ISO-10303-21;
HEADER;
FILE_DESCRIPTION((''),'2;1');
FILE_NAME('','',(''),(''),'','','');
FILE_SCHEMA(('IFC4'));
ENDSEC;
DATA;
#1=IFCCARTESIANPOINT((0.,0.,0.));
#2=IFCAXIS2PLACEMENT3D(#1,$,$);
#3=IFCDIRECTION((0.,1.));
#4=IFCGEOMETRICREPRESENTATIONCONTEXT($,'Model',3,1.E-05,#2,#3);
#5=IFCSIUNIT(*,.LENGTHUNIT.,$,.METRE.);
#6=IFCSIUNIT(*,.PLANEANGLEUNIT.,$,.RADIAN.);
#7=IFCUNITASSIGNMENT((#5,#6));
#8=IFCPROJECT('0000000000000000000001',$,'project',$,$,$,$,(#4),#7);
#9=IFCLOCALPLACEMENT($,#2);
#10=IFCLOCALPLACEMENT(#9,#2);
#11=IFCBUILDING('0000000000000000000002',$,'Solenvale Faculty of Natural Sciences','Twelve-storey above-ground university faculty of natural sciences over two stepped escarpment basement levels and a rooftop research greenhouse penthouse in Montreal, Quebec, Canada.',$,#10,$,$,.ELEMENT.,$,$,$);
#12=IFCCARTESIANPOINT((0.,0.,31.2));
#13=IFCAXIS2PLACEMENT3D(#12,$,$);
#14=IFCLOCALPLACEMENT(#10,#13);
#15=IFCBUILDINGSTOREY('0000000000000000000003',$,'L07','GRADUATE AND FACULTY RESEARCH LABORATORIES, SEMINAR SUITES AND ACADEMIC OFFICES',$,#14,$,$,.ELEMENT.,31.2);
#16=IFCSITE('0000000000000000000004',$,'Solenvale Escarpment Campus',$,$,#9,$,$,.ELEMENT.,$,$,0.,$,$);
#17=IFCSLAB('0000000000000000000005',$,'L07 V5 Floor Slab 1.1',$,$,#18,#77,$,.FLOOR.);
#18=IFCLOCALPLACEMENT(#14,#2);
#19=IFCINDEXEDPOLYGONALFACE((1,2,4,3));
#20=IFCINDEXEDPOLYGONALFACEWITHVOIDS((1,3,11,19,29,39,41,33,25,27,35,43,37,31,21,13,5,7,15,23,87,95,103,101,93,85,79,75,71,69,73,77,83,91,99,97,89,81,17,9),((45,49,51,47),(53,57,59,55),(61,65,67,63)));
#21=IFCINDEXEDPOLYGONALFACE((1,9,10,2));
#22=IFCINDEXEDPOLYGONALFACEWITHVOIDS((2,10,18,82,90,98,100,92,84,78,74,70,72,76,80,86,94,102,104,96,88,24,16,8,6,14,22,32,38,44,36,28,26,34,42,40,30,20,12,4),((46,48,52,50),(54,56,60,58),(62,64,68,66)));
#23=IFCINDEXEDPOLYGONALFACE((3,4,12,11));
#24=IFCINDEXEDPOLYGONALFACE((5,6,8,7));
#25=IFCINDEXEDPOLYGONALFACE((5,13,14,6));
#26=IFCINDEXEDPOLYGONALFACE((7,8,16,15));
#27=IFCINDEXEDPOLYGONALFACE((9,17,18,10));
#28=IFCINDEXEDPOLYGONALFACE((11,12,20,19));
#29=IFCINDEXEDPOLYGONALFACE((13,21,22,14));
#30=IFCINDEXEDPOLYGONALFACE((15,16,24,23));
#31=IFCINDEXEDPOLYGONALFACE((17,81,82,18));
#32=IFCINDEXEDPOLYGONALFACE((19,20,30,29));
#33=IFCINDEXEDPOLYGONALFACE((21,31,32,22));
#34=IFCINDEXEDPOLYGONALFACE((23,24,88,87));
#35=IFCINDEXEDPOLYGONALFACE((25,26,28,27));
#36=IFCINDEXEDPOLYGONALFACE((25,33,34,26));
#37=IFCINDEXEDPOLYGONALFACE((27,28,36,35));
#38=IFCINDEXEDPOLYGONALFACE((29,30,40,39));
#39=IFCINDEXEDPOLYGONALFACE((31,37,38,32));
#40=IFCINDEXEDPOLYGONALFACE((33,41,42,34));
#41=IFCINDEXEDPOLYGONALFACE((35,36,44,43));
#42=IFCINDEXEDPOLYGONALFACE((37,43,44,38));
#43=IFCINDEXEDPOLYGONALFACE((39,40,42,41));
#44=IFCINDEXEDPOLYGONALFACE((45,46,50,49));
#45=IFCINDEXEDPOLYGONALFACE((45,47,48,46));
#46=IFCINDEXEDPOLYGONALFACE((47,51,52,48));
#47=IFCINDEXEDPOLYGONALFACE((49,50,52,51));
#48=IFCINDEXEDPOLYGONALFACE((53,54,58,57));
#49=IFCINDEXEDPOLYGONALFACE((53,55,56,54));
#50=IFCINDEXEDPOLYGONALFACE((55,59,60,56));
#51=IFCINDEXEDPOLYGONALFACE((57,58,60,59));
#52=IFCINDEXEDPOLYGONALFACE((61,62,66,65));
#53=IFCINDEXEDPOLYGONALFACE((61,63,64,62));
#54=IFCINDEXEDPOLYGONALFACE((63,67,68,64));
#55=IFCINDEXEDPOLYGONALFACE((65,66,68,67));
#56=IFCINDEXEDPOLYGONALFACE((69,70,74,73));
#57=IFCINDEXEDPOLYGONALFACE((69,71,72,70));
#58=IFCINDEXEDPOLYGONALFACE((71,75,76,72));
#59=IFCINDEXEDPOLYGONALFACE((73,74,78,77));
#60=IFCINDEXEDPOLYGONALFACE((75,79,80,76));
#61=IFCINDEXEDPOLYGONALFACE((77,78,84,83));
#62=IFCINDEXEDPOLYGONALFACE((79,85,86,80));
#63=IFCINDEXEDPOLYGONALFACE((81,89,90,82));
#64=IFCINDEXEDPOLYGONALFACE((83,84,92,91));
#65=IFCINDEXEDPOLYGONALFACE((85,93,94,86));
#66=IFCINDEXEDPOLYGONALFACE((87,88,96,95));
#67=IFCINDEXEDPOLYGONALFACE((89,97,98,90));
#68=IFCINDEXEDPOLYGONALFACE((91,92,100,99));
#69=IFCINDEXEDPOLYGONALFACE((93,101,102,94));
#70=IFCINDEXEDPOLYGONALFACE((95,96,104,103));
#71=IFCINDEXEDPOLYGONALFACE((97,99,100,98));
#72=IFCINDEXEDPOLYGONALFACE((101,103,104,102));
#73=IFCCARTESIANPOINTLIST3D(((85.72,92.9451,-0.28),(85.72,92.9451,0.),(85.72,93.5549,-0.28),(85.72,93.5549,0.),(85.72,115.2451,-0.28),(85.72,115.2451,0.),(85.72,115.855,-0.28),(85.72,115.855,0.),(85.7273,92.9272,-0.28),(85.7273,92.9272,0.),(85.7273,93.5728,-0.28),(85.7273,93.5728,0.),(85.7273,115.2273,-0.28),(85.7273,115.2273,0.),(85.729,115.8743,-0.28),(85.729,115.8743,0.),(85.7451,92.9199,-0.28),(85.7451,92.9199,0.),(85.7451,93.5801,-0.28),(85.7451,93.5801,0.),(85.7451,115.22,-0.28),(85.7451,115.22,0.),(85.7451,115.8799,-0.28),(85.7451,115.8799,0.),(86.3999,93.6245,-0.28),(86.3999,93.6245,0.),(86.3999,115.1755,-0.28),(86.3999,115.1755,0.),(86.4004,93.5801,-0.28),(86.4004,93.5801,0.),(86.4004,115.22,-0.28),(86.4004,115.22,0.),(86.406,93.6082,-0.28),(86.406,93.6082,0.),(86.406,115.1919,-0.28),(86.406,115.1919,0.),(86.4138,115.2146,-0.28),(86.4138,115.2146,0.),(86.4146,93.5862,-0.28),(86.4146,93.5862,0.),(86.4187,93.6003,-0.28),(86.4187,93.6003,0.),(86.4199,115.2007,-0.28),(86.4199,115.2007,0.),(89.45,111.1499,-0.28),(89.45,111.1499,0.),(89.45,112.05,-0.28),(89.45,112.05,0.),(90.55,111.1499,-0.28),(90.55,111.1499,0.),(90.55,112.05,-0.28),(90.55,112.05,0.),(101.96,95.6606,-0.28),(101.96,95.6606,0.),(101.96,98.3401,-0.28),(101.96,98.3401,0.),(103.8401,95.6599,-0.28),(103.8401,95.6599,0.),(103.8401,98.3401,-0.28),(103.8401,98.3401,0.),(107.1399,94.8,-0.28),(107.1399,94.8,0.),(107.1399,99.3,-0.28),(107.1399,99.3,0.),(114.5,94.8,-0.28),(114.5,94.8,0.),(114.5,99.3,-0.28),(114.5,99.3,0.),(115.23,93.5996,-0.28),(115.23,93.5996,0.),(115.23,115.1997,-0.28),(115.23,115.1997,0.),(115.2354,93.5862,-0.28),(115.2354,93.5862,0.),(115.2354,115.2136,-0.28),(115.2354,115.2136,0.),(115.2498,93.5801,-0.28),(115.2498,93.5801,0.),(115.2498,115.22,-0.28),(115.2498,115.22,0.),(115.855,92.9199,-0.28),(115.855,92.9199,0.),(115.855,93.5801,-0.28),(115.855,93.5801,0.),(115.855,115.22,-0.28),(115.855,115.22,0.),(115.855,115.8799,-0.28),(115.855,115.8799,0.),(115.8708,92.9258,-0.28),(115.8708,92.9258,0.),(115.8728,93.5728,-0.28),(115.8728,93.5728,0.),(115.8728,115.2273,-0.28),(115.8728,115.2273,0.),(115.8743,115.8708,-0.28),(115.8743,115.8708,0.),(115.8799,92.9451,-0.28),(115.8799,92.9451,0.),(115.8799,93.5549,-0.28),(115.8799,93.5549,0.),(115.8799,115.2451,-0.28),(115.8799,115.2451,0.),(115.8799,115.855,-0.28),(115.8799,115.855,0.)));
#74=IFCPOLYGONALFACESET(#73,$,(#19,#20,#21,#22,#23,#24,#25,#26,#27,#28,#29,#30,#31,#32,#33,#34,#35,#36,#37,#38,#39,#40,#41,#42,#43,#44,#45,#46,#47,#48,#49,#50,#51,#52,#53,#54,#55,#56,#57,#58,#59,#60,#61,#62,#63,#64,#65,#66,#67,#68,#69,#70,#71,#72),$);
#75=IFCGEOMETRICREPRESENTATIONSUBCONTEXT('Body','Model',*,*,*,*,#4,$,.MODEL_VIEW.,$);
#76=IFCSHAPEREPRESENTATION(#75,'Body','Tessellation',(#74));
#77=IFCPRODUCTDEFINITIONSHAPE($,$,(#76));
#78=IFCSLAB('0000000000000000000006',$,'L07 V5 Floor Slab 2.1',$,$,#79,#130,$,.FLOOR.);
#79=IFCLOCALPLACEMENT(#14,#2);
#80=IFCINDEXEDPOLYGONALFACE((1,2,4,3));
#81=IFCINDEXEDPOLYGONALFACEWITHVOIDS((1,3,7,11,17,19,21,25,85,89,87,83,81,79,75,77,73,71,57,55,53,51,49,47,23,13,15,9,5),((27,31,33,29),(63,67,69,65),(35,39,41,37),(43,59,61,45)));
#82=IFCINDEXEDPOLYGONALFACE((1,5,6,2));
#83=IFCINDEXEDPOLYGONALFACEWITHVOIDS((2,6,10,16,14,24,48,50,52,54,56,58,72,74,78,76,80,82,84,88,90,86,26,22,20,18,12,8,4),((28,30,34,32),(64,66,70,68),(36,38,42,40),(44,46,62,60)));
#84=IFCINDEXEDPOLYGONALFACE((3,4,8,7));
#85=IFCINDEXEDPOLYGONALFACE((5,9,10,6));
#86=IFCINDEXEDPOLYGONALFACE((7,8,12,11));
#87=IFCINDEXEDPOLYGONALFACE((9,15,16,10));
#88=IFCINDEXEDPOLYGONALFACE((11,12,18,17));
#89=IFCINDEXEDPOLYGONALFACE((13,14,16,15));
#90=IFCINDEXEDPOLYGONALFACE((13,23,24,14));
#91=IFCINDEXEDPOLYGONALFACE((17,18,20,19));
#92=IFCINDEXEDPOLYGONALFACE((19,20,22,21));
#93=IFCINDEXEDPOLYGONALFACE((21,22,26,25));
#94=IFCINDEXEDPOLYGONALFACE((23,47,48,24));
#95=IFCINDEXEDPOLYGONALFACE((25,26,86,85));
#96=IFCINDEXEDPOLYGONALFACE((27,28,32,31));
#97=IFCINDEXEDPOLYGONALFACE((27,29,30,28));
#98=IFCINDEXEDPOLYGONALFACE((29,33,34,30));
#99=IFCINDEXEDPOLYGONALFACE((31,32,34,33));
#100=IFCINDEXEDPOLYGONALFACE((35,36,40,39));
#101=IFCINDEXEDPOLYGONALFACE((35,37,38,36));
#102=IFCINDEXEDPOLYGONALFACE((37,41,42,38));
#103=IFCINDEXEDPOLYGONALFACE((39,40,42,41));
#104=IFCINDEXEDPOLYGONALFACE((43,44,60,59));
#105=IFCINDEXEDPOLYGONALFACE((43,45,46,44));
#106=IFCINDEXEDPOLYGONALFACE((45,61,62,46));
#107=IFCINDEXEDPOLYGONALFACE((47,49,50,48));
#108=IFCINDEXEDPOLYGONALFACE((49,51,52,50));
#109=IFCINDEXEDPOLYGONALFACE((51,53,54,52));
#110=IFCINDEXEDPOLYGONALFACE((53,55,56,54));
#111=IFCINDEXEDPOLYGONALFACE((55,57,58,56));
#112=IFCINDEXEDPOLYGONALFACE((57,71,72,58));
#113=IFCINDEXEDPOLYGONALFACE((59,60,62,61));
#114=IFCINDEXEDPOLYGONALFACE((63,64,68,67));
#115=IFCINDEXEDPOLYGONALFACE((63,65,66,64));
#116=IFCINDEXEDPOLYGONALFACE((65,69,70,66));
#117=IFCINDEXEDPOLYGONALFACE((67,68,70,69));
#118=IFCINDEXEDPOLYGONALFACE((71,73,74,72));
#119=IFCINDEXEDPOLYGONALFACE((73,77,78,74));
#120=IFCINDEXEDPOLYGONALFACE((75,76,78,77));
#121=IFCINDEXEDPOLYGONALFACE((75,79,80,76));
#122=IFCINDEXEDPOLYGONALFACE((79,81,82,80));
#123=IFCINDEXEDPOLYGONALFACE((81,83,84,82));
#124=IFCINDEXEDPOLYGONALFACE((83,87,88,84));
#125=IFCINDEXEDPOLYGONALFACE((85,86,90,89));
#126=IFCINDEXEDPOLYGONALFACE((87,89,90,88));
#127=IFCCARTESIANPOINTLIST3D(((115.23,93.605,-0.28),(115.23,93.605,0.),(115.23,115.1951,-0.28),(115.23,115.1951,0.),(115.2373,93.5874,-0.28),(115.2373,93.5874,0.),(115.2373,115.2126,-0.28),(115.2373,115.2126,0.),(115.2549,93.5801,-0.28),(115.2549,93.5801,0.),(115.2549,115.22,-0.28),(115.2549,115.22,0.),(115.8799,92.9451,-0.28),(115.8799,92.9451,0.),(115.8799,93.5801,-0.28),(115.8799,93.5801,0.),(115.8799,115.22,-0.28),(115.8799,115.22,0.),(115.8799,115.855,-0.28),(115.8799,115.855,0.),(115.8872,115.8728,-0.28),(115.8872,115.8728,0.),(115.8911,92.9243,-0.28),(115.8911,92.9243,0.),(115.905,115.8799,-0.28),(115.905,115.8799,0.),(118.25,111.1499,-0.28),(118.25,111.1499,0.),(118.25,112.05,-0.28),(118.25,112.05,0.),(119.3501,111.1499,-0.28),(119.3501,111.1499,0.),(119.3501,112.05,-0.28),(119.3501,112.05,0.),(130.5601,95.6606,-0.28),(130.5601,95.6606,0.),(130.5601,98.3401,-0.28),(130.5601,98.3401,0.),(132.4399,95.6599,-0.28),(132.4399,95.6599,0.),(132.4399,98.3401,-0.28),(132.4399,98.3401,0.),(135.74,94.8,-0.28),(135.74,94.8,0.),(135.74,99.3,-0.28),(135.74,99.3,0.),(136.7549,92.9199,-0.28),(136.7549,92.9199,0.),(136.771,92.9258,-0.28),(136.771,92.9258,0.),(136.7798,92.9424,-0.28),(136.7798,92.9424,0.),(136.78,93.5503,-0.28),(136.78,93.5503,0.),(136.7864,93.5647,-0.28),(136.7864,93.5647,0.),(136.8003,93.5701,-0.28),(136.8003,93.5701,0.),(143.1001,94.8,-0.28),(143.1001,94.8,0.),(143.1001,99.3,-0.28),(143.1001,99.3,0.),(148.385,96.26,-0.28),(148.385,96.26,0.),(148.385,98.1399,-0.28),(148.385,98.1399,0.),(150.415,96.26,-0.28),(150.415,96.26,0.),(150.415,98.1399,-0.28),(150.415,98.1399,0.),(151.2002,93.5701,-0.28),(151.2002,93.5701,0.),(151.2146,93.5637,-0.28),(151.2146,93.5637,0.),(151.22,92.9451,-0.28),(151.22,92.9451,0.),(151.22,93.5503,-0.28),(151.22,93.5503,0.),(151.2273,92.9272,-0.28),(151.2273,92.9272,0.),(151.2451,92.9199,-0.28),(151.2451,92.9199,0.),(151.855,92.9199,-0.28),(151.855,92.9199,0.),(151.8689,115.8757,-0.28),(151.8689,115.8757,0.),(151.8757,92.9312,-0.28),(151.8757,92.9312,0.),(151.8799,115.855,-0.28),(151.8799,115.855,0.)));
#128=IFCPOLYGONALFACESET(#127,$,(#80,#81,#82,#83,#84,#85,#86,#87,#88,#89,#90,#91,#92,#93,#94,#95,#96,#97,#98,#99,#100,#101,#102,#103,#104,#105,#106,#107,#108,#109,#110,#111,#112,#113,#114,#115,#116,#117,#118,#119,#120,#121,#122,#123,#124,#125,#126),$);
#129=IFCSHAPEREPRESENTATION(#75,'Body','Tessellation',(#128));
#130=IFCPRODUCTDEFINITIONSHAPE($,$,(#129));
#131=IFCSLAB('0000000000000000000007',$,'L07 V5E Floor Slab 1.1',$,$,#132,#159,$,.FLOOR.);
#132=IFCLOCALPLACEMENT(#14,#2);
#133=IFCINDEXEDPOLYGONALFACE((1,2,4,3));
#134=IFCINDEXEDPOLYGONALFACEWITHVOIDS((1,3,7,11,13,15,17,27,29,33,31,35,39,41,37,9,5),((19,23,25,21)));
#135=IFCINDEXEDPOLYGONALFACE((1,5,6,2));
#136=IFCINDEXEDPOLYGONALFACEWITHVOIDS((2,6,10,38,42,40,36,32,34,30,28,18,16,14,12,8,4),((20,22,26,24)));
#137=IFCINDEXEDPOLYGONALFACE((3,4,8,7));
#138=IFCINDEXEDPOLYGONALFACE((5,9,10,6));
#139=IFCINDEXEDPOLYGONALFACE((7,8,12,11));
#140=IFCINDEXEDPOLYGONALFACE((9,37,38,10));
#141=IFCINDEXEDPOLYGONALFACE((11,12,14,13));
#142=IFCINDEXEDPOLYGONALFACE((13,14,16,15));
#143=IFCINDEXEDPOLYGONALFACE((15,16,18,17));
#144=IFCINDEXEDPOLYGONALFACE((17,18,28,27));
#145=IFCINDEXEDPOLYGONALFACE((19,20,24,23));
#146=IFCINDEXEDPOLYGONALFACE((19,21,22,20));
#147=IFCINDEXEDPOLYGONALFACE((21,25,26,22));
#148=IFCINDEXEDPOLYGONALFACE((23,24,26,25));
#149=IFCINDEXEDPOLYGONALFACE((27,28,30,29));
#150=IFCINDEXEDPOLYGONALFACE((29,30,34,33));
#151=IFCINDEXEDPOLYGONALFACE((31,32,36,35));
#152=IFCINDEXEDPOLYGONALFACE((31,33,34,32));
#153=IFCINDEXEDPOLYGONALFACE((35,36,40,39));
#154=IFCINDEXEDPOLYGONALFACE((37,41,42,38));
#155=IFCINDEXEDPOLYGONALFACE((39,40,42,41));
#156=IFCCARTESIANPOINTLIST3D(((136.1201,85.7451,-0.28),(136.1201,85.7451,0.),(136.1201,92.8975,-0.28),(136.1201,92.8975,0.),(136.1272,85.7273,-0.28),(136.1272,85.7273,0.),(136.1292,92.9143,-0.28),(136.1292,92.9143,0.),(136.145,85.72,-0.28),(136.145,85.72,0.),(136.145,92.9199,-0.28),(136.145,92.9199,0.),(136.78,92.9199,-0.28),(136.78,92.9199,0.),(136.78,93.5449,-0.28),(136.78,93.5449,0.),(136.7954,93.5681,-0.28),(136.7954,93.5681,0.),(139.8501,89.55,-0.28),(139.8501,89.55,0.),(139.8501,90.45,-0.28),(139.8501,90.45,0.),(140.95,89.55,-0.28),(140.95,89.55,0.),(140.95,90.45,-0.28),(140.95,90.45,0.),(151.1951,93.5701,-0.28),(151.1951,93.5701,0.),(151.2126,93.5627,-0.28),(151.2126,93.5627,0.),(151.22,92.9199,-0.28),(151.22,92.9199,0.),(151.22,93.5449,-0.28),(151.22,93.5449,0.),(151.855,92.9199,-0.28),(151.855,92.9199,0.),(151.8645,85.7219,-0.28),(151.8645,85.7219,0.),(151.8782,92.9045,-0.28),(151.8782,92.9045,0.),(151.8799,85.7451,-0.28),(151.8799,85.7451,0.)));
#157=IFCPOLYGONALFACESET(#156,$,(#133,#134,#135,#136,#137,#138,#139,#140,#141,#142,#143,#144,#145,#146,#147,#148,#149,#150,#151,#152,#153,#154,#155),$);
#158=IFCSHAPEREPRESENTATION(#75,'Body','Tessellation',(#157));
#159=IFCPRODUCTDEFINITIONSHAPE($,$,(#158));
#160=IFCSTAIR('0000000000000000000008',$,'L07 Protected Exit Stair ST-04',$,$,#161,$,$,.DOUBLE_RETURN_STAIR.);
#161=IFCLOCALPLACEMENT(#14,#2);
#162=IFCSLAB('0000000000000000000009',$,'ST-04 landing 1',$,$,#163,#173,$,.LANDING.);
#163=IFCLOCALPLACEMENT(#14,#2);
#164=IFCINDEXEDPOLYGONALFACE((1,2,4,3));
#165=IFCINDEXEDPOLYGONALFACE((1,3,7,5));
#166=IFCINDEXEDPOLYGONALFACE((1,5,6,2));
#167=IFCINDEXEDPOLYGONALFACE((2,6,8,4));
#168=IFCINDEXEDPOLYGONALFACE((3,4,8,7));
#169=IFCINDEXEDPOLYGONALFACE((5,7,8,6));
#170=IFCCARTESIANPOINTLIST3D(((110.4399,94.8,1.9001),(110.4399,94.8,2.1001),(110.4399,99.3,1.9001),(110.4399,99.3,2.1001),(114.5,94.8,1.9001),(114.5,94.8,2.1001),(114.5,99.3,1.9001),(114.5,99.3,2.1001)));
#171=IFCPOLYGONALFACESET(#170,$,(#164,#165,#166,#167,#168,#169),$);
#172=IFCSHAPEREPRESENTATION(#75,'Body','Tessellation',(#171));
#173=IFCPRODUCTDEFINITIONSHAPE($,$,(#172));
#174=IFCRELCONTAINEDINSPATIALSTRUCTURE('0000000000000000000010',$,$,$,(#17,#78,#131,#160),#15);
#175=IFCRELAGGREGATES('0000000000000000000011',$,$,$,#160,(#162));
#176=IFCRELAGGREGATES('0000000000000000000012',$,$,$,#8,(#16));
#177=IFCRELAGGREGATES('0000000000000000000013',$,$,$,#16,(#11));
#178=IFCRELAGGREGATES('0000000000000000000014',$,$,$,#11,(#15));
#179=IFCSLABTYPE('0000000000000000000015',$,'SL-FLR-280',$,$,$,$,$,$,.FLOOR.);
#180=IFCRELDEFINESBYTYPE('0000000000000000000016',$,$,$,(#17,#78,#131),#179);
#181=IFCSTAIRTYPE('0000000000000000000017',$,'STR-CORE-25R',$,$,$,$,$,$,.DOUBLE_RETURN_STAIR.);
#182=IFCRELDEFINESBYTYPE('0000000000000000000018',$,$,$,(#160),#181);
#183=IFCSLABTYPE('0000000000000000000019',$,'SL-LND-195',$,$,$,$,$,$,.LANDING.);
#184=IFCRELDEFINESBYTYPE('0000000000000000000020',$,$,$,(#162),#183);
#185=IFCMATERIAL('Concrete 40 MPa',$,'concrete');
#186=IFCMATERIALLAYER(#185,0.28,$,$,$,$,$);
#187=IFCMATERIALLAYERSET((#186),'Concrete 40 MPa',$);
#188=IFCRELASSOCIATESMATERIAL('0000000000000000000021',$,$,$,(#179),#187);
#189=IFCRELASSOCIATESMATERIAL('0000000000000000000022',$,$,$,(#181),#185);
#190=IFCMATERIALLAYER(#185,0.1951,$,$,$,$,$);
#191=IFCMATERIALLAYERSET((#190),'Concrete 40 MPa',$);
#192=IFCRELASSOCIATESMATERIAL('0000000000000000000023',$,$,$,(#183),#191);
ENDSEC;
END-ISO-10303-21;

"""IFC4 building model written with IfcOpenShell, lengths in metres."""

from ifc_helpers import new_model, si_unit, direction, frame, origin, place, context, subcontext, project, spatial, polyline, outline, extrude, material, layer, layer_set, type_object, element, aggregate, save


model = new_model("IFC4")

# Units and contexts
model_context = context("Model", 3, precision=1e-05, world=origin(), true_north=direction((0.0, 1.0)))
body_context = subcontext(model_context, "Body", "Model", "MODEL_VIEW")
ifc_project = project(units=[si_unit("LENGTHUNIT", "METRE"), si_unit("PLANEANGLEUNIT", "RADIAN")], contexts=[model_context])

# Site, building, storey
site_placement = place(None, origin())
site = spatial("IfcSite", under=ifc_project, at=site_placement, Name="Solenvale Escarpment Campus", CompositionType="ELEMENT", RefElevation=0.0)
building_placement = place(site_placement, origin())
building = spatial("IfcBuilding", under=site, at=building_placement, Name="Solenvale Faculty of Natural Sciences", Description="Twelve-storey above-ground university faculty of natural sciences over two stepped escarpment basement levels and a rooftop research greenhouse penthouse in Montreal, Quebec, Canada.", CompositionType="ELEMENT")
storey_placement = place(building_placement, frame((0.0, 0.0, 31.2)))
storey = spatial("IfcBuildingStorey", under=building, at=storey_placement, Name="L07", Description="GRADUATE AND FACULTY RESEARCH LABORATORIES, SEMINAR SUITES AND ACADEMIC OFFICES", CompositionType="ELEMENT", Elevation=31.2)

# Slabs
ifc_material_1 = material(Name="Concrete 40 MPa", Category="concrete")
ifc_layer_1 = layer(ifc_material_1, 0.28)
ifc_layer_set_1 = layer_set([ifc_layer_1], Name="Concrete 40 MPa")
slab_type_1 = type_object("IfcSlabType", Name="SL-FLR-280", PredefinedType="FLOOR", material=ifc_layer_set_1)
slab_1_placement = place(storey_placement, frame((0.0, 0.0, -0.28)))
element("IfcSlab", 1, at=slab_1_placement, inside=storey, type_object=slab_type_1, Name="L07 V5 Floor Slab 1.1", PredefinedType="FLOOR", context=body_context, shape_type="SweptSolid", body=[
    extrude(outline(polyline([(86.4187, 93.6003), (86.406, 93.6082), (86.3999, 93.6245), (86.3999, 115.1755), (86.406, 115.1919), (86.4199, 115.2007), (86.4138, 115.2146), (86.4004, 115.22), (85.7451, 115.22), (85.7273, 115.2273), (85.72, 115.2451), (85.72, 115.855), (85.729, 115.8743), (85.7451, 115.8799), (115.855, 115.8799), (115.8743, 115.8708), (115.8799, 115.855), (115.8799, 115.2451), (115.8728, 115.2273), (115.855, 115.22), (115.2498, 115.22), (115.2354, 115.2136), (115.23, 115.1997), (115.23, 93.5996), (115.2354, 93.5862), (115.2498, 93.5801), (115.855, 93.5801), (115.8728, 93.5728), (115.8799, 93.5549), (115.8799, 92.9451), (115.8708, 92.9258), (115.855, 92.9199), (85.7451, 92.9199), (85.7273, 92.9272), (85.72, 92.9451), (85.72, 93.5549), (85.7273, 93.5728), (85.7451, 93.5801), (86.4004, 93.5801), (86.4146, 93.5862), (86.4187, 93.6003)]), holes=[polyline([(107.1399, 94.8), (114.5, 94.8), (114.5, 99.3), (107.1399, 99.3), (107.1399, 94.8)]), polyline([(101.96, 95.6606), (103.8401, 95.6599), (103.8401, 98.3401), (101.96, 98.3401), (101.96, 95.6606)]), polyline([(89.45, 111.1499), (90.55, 111.1499), (90.55, 112.05), (89.45, 112.05), (89.45, 111.1499)])]), origin(), (0.0, 0.0, 1.0), 0.28),
])
slab_2_placement = place(storey_placement, frame((0.0, 0.0, -0.28)))
element("IfcSlab", 2, at=slab_2_placement, inside=storey, type_object=slab_type_1, Name="L07 V5 Floor Slab 2.1", PredefinedType="FLOOR", context=body_context, shape_type="SweptSolid", body=[
    extrude(outline(polyline([(115.23, 115.1951), (115.2373, 115.2126), (115.2549, 115.22), (115.8799, 115.22), (115.8799, 115.855), (115.8872, 115.8728), (115.905, 115.8799), (151.8689, 115.8757), (151.8799, 115.855), (151.8757, 92.9312), (151.855, 92.9199), (151.2451, 92.9199), (151.2273, 92.9272), (151.22, 92.9451), (151.22, 93.5503), (151.2146, 93.5637), (151.2002, 93.5701), (136.8003, 93.5701), (136.7864, 93.5647), (136.78, 93.5503), (136.7798, 92.9424), (136.771, 92.9258), (136.7549, 92.9199), (115.8911, 92.9243), (115.8799, 92.9451), (115.8799, 93.5801), (115.2549, 93.5801), (115.2373, 93.5874), (115.23, 93.605), (115.23, 115.1951)]), holes=[polyline([(148.385, 96.26), (150.415, 96.26), (150.415, 98.1399), (148.385, 98.1399), (148.385, 96.26)]), polyline([(135.74, 94.8), (143.1001, 94.8), (143.1001, 99.3), (135.74, 99.3), (135.74, 94.8)]), polyline([(130.5601, 95.6606), (132.4399, 95.6599), (132.4399, 98.3401), (130.5601, 98.3401), (130.5601, 95.6606)]), polyline([(118.25, 111.1499), (119.3501, 111.1499), (119.3501, 112.05), (118.25, 112.05), (118.25, 111.1499)])]), origin(), (0.0, 0.0, 1.0), 0.28),
])
slab_3_placement = place(storey_placement, frame((0.0, 0.0, -0.28)))
element("IfcSlab", 3, at=slab_3_placement, inside=storey, type_object=slab_type_1, Name="L07 V5E Floor Slab 1.1", PredefinedType="FLOOR", context=body_context, shape_type="SweptSolid", body=[
    extrude(outline(polyline([(136.145, 85.72), (136.1272, 85.7273), (136.1201, 85.7451), (136.1201, 92.8975), (136.1292, 92.9143), (136.145, 92.9199), (136.78, 92.9199), (136.78, 93.5449), (136.7954, 93.5681), (151.1951, 93.5701), (151.2126, 93.5627), (151.22, 93.5449), (151.22, 92.9199), (151.855, 92.9199), (151.8782, 92.9045), (151.8799, 85.7451), (151.8645, 85.7219), (136.145, 85.72)]), holes=[polyline([(139.8501, 89.55), (140.95, 89.55), (140.95, 90.45), (139.8501, 90.45), (139.8501, 89.55)])]), origin(), (0.0, 0.0, 1.0), 0.28),
])

# Stair, slab
stair_type = type_object("IfcStairType", Name="STR-CORE-25R", PredefinedType="DOUBLE_RETURN_STAIR", material=ifc_material_1)
stair_1_placement = place(storey_placement, origin())
stair_1 = element("IfcStair", 4, at=stair_1_placement, inside=storey, type_object=stair_type, Name="L07 Protected Exit Stair ST-04", PredefinedType="DOUBLE_RETURN_STAIR")
ifc_layer_2 = layer(ifc_material_1, 0.1951)
ifc_layer_set_2 = layer_set([ifc_layer_2], Name="Concrete 40 MPa")
slab_type_2 = type_object("IfcSlabType", Name="SL-LND-195", PredefinedType="LANDING", material=ifc_layer_set_2)
slab_4_placement = place(storey_placement, frame((0.0, 0.0, 1.9001)))
slab_4 = element("IfcSlab", 5, at=slab_4_placement, type_object=slab_type_2, Name="ST-04 landing 1", PredefinedType="LANDING", context=body_context, shape_type="SweptSolid", body=[
    extrude(outline(polyline([(110.4399, 94.8), (114.5, 94.8), (114.5, 99.3), (110.4399, 99.3), (110.4399, 94.8)])), origin(), (0.0, 0.0, 1.0), 0.2),
])
aggregate(stair_1, [slab_4])

save(model, "model.ifc")
